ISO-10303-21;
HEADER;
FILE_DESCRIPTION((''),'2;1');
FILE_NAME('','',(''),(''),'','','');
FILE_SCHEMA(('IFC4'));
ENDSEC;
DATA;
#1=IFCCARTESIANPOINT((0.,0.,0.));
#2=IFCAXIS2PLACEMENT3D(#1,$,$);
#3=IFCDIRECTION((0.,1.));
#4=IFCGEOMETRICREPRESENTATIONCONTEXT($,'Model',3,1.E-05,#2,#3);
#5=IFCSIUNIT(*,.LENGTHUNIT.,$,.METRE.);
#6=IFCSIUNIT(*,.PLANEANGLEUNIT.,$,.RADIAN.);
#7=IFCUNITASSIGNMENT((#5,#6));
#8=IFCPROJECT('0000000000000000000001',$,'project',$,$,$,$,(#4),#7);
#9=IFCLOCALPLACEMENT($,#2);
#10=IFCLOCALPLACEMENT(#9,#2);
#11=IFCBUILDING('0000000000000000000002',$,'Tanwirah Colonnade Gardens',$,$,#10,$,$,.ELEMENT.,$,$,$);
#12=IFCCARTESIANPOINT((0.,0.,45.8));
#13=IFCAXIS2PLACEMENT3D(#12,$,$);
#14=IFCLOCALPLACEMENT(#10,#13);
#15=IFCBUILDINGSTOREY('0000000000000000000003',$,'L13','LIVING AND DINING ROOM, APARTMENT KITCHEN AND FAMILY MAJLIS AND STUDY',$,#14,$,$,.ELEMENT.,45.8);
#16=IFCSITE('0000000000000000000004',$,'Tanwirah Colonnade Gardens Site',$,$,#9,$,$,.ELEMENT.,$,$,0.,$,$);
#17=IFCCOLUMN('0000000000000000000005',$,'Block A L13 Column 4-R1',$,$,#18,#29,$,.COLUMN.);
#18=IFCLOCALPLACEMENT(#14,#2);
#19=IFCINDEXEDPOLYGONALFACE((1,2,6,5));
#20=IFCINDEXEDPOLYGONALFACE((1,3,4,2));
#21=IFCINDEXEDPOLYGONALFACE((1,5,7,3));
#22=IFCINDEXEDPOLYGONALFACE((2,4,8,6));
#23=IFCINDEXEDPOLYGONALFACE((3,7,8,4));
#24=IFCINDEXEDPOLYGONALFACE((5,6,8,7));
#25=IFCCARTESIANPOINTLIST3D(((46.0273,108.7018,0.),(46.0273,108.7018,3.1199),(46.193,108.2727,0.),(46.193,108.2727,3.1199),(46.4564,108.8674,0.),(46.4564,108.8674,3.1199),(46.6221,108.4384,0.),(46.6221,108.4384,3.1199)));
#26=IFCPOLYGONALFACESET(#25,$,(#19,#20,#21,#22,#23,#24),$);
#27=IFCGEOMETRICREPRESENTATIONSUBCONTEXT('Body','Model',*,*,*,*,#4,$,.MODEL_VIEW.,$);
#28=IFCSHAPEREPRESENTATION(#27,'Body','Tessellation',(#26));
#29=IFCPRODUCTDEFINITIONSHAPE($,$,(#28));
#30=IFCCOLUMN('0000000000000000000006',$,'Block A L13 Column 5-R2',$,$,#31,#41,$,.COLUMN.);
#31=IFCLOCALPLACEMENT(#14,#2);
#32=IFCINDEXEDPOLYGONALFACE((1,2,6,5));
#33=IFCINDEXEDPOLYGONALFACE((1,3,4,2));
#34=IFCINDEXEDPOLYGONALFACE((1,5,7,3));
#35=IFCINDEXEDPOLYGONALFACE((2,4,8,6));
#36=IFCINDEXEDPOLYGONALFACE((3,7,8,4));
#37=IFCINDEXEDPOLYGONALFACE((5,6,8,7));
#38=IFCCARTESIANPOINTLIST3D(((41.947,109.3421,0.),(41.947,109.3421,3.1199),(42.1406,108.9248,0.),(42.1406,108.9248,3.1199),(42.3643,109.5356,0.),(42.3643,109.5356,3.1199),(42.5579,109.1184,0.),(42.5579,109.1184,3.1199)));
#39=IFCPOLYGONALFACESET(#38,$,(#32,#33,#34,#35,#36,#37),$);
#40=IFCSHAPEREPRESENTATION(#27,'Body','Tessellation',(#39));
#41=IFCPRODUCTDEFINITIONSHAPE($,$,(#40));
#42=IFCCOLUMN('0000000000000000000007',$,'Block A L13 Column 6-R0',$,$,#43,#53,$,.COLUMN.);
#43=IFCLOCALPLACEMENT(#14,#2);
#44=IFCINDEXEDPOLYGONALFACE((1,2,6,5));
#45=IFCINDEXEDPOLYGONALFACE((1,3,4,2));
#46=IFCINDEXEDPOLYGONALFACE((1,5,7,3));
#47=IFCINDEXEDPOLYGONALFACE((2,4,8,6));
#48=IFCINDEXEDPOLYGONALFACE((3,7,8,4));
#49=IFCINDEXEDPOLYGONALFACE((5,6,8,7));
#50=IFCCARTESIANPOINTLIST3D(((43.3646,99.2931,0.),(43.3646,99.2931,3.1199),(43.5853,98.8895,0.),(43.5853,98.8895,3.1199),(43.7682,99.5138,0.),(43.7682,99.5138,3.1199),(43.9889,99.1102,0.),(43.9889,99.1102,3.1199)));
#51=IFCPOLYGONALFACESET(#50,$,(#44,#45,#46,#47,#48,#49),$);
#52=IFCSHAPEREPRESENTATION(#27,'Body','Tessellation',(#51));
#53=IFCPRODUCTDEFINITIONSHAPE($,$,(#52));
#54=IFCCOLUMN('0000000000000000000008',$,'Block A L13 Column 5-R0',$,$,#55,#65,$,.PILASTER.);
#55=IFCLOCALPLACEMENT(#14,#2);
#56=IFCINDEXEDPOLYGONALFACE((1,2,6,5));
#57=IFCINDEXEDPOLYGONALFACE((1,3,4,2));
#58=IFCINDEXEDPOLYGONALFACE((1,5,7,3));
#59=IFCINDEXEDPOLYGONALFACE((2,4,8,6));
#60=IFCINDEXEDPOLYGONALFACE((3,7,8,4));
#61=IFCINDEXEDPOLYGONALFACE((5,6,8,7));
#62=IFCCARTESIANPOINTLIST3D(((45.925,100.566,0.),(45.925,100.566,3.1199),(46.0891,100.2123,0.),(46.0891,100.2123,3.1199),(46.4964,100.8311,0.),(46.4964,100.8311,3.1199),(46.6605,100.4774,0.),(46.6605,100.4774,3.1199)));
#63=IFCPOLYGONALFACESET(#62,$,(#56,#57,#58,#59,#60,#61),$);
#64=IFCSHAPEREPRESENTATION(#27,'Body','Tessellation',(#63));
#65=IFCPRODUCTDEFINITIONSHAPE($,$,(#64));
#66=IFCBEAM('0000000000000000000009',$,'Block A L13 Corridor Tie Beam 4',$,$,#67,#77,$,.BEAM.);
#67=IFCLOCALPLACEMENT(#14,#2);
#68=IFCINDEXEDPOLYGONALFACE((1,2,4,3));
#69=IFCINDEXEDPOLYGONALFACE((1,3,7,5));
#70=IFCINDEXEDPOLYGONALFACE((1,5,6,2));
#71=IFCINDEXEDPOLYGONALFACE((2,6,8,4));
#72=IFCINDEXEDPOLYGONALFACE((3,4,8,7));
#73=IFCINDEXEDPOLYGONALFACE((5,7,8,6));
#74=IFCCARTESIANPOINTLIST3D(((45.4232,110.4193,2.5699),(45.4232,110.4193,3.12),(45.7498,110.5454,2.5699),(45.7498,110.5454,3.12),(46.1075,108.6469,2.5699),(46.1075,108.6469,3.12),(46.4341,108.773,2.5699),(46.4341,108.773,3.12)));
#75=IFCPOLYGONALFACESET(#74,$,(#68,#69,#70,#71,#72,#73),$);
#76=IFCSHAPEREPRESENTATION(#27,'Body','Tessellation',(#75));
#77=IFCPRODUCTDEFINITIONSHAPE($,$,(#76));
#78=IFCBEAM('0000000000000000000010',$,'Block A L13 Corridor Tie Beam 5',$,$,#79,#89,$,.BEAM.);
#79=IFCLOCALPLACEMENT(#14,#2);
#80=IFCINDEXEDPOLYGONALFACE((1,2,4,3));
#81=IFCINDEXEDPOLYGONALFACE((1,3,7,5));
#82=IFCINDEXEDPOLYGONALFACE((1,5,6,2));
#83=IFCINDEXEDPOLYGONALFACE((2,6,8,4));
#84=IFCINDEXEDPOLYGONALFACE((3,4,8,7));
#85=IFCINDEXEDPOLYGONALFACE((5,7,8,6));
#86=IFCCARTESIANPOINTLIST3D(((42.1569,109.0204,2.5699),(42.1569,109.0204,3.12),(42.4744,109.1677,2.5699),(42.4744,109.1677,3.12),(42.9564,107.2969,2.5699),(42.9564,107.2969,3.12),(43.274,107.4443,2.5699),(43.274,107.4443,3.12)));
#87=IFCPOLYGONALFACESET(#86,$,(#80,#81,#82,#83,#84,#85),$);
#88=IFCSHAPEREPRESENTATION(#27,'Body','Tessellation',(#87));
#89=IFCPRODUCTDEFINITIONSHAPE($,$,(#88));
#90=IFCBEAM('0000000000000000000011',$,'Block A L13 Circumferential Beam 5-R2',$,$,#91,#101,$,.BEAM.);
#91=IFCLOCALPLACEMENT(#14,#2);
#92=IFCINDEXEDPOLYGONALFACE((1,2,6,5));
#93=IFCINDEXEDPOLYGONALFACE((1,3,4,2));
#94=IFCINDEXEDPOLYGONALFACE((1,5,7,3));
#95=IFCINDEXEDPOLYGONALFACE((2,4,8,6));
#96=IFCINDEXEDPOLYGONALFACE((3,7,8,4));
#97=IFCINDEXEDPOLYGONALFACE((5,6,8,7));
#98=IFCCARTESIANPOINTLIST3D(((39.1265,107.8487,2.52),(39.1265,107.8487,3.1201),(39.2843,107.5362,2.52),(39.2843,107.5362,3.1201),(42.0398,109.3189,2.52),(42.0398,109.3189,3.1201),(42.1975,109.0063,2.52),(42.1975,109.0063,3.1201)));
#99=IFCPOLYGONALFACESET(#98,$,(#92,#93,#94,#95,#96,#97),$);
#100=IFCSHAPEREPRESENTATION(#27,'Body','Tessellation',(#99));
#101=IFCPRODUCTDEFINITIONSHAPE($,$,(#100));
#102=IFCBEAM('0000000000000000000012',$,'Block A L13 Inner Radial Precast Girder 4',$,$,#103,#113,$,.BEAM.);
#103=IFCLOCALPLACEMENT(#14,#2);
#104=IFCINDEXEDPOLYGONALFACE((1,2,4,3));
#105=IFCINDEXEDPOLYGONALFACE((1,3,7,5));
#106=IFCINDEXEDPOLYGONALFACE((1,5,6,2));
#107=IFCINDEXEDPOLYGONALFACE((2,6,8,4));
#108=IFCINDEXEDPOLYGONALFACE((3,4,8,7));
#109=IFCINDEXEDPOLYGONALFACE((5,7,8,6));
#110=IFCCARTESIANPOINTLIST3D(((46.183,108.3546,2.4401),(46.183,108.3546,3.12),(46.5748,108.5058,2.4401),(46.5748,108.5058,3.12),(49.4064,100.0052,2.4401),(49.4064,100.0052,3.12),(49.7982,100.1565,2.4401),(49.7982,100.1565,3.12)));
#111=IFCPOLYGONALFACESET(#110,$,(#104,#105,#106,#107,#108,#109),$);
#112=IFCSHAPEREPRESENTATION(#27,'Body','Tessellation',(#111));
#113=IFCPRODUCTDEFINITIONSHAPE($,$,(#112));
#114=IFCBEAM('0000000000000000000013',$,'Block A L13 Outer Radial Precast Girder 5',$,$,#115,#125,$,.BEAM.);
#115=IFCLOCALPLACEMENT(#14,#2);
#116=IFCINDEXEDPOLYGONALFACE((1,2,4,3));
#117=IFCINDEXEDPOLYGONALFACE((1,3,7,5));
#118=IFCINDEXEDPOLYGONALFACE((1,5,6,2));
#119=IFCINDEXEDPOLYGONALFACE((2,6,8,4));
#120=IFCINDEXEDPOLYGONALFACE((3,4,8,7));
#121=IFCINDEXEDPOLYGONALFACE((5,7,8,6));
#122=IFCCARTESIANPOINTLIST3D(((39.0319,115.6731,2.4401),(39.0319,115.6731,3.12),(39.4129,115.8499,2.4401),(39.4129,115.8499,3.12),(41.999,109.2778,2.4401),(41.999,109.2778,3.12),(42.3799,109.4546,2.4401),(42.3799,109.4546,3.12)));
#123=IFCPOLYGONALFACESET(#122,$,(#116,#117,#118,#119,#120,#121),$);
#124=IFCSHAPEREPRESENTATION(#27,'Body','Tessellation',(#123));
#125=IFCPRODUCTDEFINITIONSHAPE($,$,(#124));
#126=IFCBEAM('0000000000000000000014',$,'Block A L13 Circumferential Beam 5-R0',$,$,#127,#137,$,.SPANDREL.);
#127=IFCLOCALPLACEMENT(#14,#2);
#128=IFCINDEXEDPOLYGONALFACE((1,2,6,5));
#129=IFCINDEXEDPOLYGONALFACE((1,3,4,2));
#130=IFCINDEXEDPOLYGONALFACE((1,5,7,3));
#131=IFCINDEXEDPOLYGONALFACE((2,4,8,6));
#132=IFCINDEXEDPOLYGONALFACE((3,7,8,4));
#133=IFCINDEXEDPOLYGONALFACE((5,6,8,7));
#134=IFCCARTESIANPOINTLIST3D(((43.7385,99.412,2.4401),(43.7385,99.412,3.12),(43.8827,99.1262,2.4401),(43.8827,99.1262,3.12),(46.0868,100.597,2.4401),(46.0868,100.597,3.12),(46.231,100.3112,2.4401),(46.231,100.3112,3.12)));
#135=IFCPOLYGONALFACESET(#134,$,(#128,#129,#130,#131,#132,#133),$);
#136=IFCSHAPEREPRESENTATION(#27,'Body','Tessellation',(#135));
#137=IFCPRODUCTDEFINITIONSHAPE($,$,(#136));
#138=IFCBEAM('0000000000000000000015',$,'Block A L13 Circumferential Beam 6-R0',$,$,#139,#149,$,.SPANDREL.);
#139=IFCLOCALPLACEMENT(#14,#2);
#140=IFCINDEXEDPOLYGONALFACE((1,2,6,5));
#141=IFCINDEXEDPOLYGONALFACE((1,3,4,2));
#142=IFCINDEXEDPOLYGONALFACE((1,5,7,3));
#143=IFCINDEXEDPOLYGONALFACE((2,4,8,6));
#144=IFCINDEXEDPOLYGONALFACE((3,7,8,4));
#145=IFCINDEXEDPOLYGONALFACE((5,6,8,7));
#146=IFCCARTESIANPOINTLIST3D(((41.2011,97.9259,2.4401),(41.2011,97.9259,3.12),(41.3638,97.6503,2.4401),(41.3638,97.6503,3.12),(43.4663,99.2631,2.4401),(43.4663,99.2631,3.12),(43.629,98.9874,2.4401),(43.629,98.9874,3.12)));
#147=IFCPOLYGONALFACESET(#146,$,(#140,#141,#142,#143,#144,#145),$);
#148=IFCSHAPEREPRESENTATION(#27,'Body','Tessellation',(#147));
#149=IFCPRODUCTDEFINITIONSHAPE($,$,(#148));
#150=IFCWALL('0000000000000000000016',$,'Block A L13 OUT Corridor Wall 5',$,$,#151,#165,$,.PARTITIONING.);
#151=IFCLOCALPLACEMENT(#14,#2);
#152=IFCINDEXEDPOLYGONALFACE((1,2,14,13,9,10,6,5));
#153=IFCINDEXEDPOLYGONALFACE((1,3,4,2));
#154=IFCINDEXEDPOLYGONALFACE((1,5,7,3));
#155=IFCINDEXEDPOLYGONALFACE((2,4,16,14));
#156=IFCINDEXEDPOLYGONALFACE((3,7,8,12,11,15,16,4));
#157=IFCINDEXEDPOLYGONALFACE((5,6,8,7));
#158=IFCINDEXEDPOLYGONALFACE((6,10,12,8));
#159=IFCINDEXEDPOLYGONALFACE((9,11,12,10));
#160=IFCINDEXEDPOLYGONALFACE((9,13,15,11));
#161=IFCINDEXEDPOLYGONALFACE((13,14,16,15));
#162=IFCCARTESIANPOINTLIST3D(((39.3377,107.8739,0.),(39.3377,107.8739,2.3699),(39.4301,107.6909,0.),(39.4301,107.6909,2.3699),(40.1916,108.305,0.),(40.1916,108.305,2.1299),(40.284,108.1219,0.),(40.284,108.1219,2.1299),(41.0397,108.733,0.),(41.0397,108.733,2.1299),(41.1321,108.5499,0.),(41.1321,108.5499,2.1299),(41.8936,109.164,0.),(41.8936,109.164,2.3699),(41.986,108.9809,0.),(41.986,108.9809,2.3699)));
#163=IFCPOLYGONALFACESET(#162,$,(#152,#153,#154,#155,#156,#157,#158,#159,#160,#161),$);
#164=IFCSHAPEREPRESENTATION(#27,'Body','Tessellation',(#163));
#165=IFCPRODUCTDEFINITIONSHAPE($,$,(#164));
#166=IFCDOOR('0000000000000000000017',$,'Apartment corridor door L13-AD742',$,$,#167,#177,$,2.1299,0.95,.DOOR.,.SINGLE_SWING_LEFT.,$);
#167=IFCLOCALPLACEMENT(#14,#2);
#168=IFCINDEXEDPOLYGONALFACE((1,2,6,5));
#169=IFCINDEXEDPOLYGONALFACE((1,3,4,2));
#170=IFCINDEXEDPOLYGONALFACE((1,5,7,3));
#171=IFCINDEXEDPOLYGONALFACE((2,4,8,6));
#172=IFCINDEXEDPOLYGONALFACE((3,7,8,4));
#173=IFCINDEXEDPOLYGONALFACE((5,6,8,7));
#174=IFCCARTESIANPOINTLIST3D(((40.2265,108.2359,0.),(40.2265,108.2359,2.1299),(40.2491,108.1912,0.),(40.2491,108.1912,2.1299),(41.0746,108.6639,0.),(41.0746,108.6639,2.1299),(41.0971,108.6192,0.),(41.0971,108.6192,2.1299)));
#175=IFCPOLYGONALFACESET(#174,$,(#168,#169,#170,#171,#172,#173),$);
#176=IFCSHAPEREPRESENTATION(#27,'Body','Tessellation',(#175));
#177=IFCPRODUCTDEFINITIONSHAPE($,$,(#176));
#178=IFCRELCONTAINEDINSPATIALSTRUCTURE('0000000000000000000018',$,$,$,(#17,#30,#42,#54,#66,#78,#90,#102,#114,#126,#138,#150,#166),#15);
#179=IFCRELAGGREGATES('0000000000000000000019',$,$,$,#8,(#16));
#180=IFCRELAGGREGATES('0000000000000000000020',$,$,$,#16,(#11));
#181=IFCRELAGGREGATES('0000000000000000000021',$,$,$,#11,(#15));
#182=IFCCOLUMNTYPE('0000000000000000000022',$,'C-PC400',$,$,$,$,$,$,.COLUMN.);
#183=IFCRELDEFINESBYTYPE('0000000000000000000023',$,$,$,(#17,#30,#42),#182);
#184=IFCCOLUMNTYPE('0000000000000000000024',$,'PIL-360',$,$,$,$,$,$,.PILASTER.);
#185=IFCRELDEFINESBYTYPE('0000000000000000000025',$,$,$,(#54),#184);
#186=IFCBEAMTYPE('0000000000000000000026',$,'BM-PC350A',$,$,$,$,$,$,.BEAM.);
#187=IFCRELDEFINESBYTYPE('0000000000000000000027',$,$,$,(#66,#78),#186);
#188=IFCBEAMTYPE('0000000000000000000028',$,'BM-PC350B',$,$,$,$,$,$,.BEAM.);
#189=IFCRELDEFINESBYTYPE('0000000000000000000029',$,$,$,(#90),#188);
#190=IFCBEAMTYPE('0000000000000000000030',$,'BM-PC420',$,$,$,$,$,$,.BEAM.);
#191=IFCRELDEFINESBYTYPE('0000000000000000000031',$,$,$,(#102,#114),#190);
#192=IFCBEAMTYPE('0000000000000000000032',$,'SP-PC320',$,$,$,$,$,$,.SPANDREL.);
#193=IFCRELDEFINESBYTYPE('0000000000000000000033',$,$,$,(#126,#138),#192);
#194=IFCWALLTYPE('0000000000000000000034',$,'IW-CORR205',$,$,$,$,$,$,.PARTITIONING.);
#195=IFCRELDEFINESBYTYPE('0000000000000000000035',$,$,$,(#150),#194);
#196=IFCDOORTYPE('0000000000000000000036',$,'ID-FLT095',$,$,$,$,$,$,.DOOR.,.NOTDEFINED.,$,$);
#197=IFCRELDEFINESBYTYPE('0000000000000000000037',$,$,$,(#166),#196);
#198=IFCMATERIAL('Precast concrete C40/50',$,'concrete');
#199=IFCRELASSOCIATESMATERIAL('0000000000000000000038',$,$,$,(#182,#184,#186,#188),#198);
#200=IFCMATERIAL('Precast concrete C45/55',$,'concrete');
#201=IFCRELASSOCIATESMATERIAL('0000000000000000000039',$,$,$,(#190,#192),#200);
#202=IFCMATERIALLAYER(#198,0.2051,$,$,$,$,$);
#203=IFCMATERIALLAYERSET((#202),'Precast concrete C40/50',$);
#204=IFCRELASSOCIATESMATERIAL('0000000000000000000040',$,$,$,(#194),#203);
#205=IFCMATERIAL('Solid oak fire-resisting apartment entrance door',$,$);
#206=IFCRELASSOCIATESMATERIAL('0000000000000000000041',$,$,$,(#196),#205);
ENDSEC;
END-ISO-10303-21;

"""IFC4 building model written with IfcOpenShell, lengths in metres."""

from ifc_helpers import new_model, si_unit, direction, frame, frame_2d, origin, origin_2d, place, context, subcontext, project, spatial, rectangle, extrude, material, layer, layer_set, material_profile, profile_set, type_object, element, fill, save


model = new_model("IFC4")

# Units and contexts
model_context = context("Model", 3, precision=1e-05, world=origin(), true_north=direction((0.0, 1.0)))
body_context = subcontext(model_context, "Body", "Model", "MODEL_VIEW")
ifc_project = project(units=[si_unit("LENGTHUNIT", "METRE"), si_unit("PLANEANGLEUNIT", "RADIAN")], contexts=[model_context])

# Site, building, storey
site_placement = place(None, origin())
site = spatial("IfcSite", under=ifc_project, at=site_placement, Name="Tanwirah Colonnade Gardens Site", CompositionType="ELEMENT", RefElevation=0.0)
building_placement = place(site_placement, origin())
building = spatial("IfcBuilding", under=site, at=building_placement, Name="Tanwirah Colonnade Gardens", CompositionType="ELEMENT")
storey_placement = place(building_placement, frame((0.0, 0.0, 45.8)))
storey = spatial("IfcBuildingStorey", under=building, at=storey_placement, Name="L13", Description="LIVING AND DINING ROOM, APARTMENT KITCHEN AND FAMILY MAJLIS AND STUDY", CompositionType="ELEMENT", Elevation=45.8)

# Columns
ifc_material_1 = material(Name="Precast concrete C40/50", Category="concrete")
ifc_material_profile_1 = material_profile(ifc_material_1, rectangle(XDim=0.46, YDim=0.46, at=origin_2d()), Name="PC-COL 460x460")
ifc_profile_set_1 = profile_set([ifc_material_profile_1], Name="Precast concrete C40/50")
column_type_1 = type_object("IfcColumnType", Name="C-PC400", PredefinedType="COLUMN", material=ifc_profile_set_1)
for number, where, z_axis, x_axis, name in (
    (1, (46.3247, 108.5701, 0.0), (0.0, 0.0, 1.0), (-0.360178, 0.932884, 0.0), "Block A L13 Column 4-R1"),
    (2, (42.2524, 109.2302, 0.0), (0.0, 0.0, 1.0), (-0.42086, 0.907126, 0.0), "Block A L13 Column 5-R2"),
    (3, (43.6768, 99.2017, 0.0), (0.0, 0.0, 1.0), (-0.479713, 0.877425, 0.0), "Block A L13 Column 6-R0"),
):
    element("IfcColumn", number, at=place(storey_placement, frame(where, z_axis=z_axis, x_axis=x_axis)), inside=storey, type_object=column_type_1, Name=name, PredefinedType="COLUMN", context=body_context, shape_type="SweptSolid", body=[
        extrude(rectangle(XDim=0.46, YDim=0.46, at=origin_2d()), origin(), (0.0, 0.0, 1.0), 3.1199),
    ])
ifc_material_profile_2 = material_profile(ifc_material_1, rectangle(XDim=0.3899, YDim=0.6299, at=origin_2d()), Name="PC-PIL 390x630")
ifc_profile_set_2 = profile_set([ifc_material_profile_2], Name="Precast concrete C40/50")
column_type_2 = type_object("IfcColumnType", Name="PIL-360", PredefinedType="PILASTER", material=ifc_profile_set_2)
column_placement = place(storey_placement, frame((46.2927, 100.5217, 0.0), z_axis=(0.0, 0.0, 1.0), x_axis=(-0.42086, 0.907126, 0.0)))
element("IfcColumn", 4, at=column_placement, inside=storey, type_object=column_type_2, Name="Block A L13 Column 5-R0", PredefinedType="PILASTER", context=body_context, shape_type="SweptSolid", body=[
    extrude(rectangle(XDim=0.3899, YDim=0.6299, at=origin_2d()), origin(), (0.0, 0.0, 1.0), 3.1199),
])

# Beams
ifc_material_profile_3 = material_profile(ifc_material_1, rectangle(XDim=0.3501, YDim=0.55, at=origin_2d()), Name="PC-BM 350x550")
ifc_profile_set_3 = profile_set([ifc_material_profile_3], Name="Precast concrete C40/50")
beam_type_1 = type_object("IfcBeamType", Name="BM-PC350A", PredefinedType="BEAM", material=ifc_profile_set_3)
for number, where, z_axis, x_axis, name in (
    (5, (46.2708, 108.71, 2.845), (-0.360176, 0.932885, 0.0), (-0.932885, -0.360176, 0.0), "Block A L13 Corridor Tie Beam 4"),
    (6, (43.1152, 107.3706, 2.845), (-0.420858, 0.907126, 0.0), (-0.907126, -0.420858, 0.0), "Block A L13 Corridor Tie Beam 5"),
):
    element("IfcBeam", number, at=place(storey_placement, frame(where, z_axis=z_axis, x_axis=x_axis)), inside=storey, type_object=beam_type_1, Name=name, PredefinedType="BEAM", context=body_context, shape_type="SweptSolid", body=[
        extrude(rectangle(XDim=0.3501, YDim=0.55, at=origin_2d()), origin(), (0.0, 0.0, 1.0), 1.8999),
    ])
ifc_material_profile_4 = material_profile(ifc_material_1, rectangle(XDim=0.3501, YDim=0.6001, at=origin_2d()), Name="PC-BM 350x600")
ifc_profile_set_4 = profile_set([ifc_material_profile_4], Name="Precast concrete C40/50")
beam_type_2 = type_object("IfcBeamType", Name="BM-PC350B", PredefinedType="BEAM", material=ifc_profile_set_4)
beam_1_placement = place(storey_placement, frame((42.1187, 109.1626, 2.8201), z_axis=(-0.89276, -0.450532, 0.0), x_axis=(0.450532, -0.89276, 0.0)))
element("IfcBeam", 7, at=beam_1_placement, inside=storey, type_object=beam_type_2, Name="Block A L13 Circumferential Beam 5-R2", PredefinedType="BEAM", context=body_context, shape_type="SweptSolid", body=[
    extrude(rectangle(XDim=0.3501, YDim=0.6001, at=origin_2d()), origin(), (0.0, 0.0, 1.0), 3.2632),
])
ifc_material_2 = material(Name="Precast concrete C45/55", Category="concrete")
ifc_material_profile_5 = material_profile(ifc_material_2, rectangle(XDim=0.4199, YDim=0.6799, at=origin_2d()), Name="PC-BM 420x680")
ifc_profile_set_5 = profile_set([ifc_material_profile_5], Name="Precast concrete C45/55")
beam_type_3 = type_object("IfcBeamType", Name="BM-PC420", PredefinedType="BEAM", material=ifc_profile_set_5)
beam_2_placement = place(storey_placement, frame((46.3789, 108.4302, 2.78), z_axis=(0.360156, -0.932892, 0.0), x_axis=(0.932892, 0.360156, 0.0)))
element("IfcBeam", 8, at=beam_2_placement, inside=storey, type_object=beam_type_3, Name="Block A L13 Inner Radial Precast Girder 4", PredefinedType="BEAM", context=body_context, shape_type="SweptSolid", body=[
    extrude(rectangle(XDim=0.4199, YDim=0.6799, at=origin_2d()), origin(), (0.0, 0.0, 1.0), 8.95),
])
beam_3_placement = place(storey_placement, frame((42.1895, 109.3662, 2.78), z_axis=(-0.420856, 0.907128, 0.0), x_axis=(-0.907128, -0.420856, 0.0)))
element("IfcBeam", 9, at=beam_3_placement, inside=storey, type_object=beam_type_3, Name="Block A L13 Outer Radial Precast Girder 5", PredefinedType="BEAM", context=body_context, shape_type="SweptSolid", body=[
    extrude(rectangle(XDim=0.4199, YDim=0.6799, at=origin_2d()), origin(), (0.0, 0.0, 1.0), 7.05),
])
ifc_material_profile_6 = material_profile(ifc_material_2, rectangle(XDim=0.3201, YDim=0.6799, at=origin_2d()), Name="PC-SP 320x680")
ifc_profile_set_6 = profile_set([ifc_material_profile_6], Name="Precast concrete C45/55")
beam_type_4 = type_object("IfcBeamType", Name="SP-PC320", PredefinedType="SPANDREL", material=ifc_profile_set_6)
for number, where, z_axis, x_axis, name in (
    (10, (46.1589, 100.4541, 2.78), (-0.892769, -0.450515, 0.0), (0.450515, -0.892769, 0.0), "Block A L13 Circumferential Beam 5-R0"),
    (11, (43.5476, 99.1252, 2.78), (-0.861148, -0.508354, 0.0), (0.508354, -0.861148, 0.0), "Block A L13 Circumferential Beam 6-R0"),
):
    element("IfcBeam", number, at=place(storey_placement, frame(where, z_axis=z_axis, x_axis=x_axis)), inside=storey, type_object=beam_type_4, Name=name, PredefinedType="SPANDREL", context=body_context, shape_type="SweptSolid", body=[
        extrude(rectangle(XDim=0.3201, YDim=0.6799, at=origin_2d()), origin(), (0.0, 0.0, 1.0), 2.6304),
    ])

# Wall, opening, door
ifc_layer_1 = layer(ifc_material_1, 0.2051)
ifc_layer_set_1 = layer_set([ifc_layer_1], Name="Precast concrete C40/50")
wall_type_1 = type_object("IfcWallType", Name="IW-CORR205", PredefinedType="PARTITIONING", material=ifc_layer_set_1)
wall_1_placement = place(storey_placement, frame((41.9399, 109.0725, 0.0), z_axis=(0.0, 0.0, 1.0), x_axis=(-0.892732, -0.450587, 0.0)))
wall_1 = element("IfcWall", 12, at=wall_1_placement, inside=storey, type_object=wall_type_1, Name="Block A L13 OUT Corridor Wall 5", PredefinedType="PARTITIONING", context=body_context, shape_type="SweptSolid", body=[
    extrude(rectangle(XDim=2.863, YDim=0.2051, at=frame_2d((1.4316, 0.0))), origin(), (0.0, 0.0, 1.0), 2.3699),
])
opening_1_placement = place(wall_1_placement, frame((0.9565, 0.0, 0.0)))
opening_1 = element("IfcOpeningElement", 13, at=opening_1_placement, cuts=wall_1, PredefinedType="OPENING", context=body_context, shape_type="SweptSolid", body=[
    extrude(rectangle(XDim=0.95, YDim=2.1299, at=frame_2d((0.4751, 1.0649))), frame((0.0, 0.1125, 0.0), z_axis=(0.0, -1.0, 0.0), x_axis=(1.0, 0.0, 0.0)), (0.0, 0.0, 1.0), 0.2251),
])
ifc_material_3 = material(Name="Solid oak fire-resisting apartment entrance door")
door_type_1 = type_object("IfcDoorType", Name="ID-FLT095", OperationType="NOTDEFINED", PredefinedType="DOOR", material=ifc_material_3)
door_1_placement = place(opening_1_placement, origin())
door_1 = element("IfcDoor", 14, at=door_1_placement, inside=storey, type_object=door_type_1, Name="Apartment corridor door L13-AD742", OperationType="SINGLE_SWING_LEFT", OverallHeight=2.1299, OverallWidth=0.95, PredefinedType="DOOR", context=body_context, shape_type="SweptSolid", body=[
    extrude(rectangle(XDim=0.95, YDim=2.1299, at=frame_2d((0.4751, 1.0649))), frame((0.0, 0.0249, 0.0), z_axis=(0.0, -1.0, 0.0), x_axis=(1.0, 0.0, 0.0)), (0.0, 0.0, 1.0), 0.05),
])
fill(opening_1, door_1)

save(model, "model.ifc")
